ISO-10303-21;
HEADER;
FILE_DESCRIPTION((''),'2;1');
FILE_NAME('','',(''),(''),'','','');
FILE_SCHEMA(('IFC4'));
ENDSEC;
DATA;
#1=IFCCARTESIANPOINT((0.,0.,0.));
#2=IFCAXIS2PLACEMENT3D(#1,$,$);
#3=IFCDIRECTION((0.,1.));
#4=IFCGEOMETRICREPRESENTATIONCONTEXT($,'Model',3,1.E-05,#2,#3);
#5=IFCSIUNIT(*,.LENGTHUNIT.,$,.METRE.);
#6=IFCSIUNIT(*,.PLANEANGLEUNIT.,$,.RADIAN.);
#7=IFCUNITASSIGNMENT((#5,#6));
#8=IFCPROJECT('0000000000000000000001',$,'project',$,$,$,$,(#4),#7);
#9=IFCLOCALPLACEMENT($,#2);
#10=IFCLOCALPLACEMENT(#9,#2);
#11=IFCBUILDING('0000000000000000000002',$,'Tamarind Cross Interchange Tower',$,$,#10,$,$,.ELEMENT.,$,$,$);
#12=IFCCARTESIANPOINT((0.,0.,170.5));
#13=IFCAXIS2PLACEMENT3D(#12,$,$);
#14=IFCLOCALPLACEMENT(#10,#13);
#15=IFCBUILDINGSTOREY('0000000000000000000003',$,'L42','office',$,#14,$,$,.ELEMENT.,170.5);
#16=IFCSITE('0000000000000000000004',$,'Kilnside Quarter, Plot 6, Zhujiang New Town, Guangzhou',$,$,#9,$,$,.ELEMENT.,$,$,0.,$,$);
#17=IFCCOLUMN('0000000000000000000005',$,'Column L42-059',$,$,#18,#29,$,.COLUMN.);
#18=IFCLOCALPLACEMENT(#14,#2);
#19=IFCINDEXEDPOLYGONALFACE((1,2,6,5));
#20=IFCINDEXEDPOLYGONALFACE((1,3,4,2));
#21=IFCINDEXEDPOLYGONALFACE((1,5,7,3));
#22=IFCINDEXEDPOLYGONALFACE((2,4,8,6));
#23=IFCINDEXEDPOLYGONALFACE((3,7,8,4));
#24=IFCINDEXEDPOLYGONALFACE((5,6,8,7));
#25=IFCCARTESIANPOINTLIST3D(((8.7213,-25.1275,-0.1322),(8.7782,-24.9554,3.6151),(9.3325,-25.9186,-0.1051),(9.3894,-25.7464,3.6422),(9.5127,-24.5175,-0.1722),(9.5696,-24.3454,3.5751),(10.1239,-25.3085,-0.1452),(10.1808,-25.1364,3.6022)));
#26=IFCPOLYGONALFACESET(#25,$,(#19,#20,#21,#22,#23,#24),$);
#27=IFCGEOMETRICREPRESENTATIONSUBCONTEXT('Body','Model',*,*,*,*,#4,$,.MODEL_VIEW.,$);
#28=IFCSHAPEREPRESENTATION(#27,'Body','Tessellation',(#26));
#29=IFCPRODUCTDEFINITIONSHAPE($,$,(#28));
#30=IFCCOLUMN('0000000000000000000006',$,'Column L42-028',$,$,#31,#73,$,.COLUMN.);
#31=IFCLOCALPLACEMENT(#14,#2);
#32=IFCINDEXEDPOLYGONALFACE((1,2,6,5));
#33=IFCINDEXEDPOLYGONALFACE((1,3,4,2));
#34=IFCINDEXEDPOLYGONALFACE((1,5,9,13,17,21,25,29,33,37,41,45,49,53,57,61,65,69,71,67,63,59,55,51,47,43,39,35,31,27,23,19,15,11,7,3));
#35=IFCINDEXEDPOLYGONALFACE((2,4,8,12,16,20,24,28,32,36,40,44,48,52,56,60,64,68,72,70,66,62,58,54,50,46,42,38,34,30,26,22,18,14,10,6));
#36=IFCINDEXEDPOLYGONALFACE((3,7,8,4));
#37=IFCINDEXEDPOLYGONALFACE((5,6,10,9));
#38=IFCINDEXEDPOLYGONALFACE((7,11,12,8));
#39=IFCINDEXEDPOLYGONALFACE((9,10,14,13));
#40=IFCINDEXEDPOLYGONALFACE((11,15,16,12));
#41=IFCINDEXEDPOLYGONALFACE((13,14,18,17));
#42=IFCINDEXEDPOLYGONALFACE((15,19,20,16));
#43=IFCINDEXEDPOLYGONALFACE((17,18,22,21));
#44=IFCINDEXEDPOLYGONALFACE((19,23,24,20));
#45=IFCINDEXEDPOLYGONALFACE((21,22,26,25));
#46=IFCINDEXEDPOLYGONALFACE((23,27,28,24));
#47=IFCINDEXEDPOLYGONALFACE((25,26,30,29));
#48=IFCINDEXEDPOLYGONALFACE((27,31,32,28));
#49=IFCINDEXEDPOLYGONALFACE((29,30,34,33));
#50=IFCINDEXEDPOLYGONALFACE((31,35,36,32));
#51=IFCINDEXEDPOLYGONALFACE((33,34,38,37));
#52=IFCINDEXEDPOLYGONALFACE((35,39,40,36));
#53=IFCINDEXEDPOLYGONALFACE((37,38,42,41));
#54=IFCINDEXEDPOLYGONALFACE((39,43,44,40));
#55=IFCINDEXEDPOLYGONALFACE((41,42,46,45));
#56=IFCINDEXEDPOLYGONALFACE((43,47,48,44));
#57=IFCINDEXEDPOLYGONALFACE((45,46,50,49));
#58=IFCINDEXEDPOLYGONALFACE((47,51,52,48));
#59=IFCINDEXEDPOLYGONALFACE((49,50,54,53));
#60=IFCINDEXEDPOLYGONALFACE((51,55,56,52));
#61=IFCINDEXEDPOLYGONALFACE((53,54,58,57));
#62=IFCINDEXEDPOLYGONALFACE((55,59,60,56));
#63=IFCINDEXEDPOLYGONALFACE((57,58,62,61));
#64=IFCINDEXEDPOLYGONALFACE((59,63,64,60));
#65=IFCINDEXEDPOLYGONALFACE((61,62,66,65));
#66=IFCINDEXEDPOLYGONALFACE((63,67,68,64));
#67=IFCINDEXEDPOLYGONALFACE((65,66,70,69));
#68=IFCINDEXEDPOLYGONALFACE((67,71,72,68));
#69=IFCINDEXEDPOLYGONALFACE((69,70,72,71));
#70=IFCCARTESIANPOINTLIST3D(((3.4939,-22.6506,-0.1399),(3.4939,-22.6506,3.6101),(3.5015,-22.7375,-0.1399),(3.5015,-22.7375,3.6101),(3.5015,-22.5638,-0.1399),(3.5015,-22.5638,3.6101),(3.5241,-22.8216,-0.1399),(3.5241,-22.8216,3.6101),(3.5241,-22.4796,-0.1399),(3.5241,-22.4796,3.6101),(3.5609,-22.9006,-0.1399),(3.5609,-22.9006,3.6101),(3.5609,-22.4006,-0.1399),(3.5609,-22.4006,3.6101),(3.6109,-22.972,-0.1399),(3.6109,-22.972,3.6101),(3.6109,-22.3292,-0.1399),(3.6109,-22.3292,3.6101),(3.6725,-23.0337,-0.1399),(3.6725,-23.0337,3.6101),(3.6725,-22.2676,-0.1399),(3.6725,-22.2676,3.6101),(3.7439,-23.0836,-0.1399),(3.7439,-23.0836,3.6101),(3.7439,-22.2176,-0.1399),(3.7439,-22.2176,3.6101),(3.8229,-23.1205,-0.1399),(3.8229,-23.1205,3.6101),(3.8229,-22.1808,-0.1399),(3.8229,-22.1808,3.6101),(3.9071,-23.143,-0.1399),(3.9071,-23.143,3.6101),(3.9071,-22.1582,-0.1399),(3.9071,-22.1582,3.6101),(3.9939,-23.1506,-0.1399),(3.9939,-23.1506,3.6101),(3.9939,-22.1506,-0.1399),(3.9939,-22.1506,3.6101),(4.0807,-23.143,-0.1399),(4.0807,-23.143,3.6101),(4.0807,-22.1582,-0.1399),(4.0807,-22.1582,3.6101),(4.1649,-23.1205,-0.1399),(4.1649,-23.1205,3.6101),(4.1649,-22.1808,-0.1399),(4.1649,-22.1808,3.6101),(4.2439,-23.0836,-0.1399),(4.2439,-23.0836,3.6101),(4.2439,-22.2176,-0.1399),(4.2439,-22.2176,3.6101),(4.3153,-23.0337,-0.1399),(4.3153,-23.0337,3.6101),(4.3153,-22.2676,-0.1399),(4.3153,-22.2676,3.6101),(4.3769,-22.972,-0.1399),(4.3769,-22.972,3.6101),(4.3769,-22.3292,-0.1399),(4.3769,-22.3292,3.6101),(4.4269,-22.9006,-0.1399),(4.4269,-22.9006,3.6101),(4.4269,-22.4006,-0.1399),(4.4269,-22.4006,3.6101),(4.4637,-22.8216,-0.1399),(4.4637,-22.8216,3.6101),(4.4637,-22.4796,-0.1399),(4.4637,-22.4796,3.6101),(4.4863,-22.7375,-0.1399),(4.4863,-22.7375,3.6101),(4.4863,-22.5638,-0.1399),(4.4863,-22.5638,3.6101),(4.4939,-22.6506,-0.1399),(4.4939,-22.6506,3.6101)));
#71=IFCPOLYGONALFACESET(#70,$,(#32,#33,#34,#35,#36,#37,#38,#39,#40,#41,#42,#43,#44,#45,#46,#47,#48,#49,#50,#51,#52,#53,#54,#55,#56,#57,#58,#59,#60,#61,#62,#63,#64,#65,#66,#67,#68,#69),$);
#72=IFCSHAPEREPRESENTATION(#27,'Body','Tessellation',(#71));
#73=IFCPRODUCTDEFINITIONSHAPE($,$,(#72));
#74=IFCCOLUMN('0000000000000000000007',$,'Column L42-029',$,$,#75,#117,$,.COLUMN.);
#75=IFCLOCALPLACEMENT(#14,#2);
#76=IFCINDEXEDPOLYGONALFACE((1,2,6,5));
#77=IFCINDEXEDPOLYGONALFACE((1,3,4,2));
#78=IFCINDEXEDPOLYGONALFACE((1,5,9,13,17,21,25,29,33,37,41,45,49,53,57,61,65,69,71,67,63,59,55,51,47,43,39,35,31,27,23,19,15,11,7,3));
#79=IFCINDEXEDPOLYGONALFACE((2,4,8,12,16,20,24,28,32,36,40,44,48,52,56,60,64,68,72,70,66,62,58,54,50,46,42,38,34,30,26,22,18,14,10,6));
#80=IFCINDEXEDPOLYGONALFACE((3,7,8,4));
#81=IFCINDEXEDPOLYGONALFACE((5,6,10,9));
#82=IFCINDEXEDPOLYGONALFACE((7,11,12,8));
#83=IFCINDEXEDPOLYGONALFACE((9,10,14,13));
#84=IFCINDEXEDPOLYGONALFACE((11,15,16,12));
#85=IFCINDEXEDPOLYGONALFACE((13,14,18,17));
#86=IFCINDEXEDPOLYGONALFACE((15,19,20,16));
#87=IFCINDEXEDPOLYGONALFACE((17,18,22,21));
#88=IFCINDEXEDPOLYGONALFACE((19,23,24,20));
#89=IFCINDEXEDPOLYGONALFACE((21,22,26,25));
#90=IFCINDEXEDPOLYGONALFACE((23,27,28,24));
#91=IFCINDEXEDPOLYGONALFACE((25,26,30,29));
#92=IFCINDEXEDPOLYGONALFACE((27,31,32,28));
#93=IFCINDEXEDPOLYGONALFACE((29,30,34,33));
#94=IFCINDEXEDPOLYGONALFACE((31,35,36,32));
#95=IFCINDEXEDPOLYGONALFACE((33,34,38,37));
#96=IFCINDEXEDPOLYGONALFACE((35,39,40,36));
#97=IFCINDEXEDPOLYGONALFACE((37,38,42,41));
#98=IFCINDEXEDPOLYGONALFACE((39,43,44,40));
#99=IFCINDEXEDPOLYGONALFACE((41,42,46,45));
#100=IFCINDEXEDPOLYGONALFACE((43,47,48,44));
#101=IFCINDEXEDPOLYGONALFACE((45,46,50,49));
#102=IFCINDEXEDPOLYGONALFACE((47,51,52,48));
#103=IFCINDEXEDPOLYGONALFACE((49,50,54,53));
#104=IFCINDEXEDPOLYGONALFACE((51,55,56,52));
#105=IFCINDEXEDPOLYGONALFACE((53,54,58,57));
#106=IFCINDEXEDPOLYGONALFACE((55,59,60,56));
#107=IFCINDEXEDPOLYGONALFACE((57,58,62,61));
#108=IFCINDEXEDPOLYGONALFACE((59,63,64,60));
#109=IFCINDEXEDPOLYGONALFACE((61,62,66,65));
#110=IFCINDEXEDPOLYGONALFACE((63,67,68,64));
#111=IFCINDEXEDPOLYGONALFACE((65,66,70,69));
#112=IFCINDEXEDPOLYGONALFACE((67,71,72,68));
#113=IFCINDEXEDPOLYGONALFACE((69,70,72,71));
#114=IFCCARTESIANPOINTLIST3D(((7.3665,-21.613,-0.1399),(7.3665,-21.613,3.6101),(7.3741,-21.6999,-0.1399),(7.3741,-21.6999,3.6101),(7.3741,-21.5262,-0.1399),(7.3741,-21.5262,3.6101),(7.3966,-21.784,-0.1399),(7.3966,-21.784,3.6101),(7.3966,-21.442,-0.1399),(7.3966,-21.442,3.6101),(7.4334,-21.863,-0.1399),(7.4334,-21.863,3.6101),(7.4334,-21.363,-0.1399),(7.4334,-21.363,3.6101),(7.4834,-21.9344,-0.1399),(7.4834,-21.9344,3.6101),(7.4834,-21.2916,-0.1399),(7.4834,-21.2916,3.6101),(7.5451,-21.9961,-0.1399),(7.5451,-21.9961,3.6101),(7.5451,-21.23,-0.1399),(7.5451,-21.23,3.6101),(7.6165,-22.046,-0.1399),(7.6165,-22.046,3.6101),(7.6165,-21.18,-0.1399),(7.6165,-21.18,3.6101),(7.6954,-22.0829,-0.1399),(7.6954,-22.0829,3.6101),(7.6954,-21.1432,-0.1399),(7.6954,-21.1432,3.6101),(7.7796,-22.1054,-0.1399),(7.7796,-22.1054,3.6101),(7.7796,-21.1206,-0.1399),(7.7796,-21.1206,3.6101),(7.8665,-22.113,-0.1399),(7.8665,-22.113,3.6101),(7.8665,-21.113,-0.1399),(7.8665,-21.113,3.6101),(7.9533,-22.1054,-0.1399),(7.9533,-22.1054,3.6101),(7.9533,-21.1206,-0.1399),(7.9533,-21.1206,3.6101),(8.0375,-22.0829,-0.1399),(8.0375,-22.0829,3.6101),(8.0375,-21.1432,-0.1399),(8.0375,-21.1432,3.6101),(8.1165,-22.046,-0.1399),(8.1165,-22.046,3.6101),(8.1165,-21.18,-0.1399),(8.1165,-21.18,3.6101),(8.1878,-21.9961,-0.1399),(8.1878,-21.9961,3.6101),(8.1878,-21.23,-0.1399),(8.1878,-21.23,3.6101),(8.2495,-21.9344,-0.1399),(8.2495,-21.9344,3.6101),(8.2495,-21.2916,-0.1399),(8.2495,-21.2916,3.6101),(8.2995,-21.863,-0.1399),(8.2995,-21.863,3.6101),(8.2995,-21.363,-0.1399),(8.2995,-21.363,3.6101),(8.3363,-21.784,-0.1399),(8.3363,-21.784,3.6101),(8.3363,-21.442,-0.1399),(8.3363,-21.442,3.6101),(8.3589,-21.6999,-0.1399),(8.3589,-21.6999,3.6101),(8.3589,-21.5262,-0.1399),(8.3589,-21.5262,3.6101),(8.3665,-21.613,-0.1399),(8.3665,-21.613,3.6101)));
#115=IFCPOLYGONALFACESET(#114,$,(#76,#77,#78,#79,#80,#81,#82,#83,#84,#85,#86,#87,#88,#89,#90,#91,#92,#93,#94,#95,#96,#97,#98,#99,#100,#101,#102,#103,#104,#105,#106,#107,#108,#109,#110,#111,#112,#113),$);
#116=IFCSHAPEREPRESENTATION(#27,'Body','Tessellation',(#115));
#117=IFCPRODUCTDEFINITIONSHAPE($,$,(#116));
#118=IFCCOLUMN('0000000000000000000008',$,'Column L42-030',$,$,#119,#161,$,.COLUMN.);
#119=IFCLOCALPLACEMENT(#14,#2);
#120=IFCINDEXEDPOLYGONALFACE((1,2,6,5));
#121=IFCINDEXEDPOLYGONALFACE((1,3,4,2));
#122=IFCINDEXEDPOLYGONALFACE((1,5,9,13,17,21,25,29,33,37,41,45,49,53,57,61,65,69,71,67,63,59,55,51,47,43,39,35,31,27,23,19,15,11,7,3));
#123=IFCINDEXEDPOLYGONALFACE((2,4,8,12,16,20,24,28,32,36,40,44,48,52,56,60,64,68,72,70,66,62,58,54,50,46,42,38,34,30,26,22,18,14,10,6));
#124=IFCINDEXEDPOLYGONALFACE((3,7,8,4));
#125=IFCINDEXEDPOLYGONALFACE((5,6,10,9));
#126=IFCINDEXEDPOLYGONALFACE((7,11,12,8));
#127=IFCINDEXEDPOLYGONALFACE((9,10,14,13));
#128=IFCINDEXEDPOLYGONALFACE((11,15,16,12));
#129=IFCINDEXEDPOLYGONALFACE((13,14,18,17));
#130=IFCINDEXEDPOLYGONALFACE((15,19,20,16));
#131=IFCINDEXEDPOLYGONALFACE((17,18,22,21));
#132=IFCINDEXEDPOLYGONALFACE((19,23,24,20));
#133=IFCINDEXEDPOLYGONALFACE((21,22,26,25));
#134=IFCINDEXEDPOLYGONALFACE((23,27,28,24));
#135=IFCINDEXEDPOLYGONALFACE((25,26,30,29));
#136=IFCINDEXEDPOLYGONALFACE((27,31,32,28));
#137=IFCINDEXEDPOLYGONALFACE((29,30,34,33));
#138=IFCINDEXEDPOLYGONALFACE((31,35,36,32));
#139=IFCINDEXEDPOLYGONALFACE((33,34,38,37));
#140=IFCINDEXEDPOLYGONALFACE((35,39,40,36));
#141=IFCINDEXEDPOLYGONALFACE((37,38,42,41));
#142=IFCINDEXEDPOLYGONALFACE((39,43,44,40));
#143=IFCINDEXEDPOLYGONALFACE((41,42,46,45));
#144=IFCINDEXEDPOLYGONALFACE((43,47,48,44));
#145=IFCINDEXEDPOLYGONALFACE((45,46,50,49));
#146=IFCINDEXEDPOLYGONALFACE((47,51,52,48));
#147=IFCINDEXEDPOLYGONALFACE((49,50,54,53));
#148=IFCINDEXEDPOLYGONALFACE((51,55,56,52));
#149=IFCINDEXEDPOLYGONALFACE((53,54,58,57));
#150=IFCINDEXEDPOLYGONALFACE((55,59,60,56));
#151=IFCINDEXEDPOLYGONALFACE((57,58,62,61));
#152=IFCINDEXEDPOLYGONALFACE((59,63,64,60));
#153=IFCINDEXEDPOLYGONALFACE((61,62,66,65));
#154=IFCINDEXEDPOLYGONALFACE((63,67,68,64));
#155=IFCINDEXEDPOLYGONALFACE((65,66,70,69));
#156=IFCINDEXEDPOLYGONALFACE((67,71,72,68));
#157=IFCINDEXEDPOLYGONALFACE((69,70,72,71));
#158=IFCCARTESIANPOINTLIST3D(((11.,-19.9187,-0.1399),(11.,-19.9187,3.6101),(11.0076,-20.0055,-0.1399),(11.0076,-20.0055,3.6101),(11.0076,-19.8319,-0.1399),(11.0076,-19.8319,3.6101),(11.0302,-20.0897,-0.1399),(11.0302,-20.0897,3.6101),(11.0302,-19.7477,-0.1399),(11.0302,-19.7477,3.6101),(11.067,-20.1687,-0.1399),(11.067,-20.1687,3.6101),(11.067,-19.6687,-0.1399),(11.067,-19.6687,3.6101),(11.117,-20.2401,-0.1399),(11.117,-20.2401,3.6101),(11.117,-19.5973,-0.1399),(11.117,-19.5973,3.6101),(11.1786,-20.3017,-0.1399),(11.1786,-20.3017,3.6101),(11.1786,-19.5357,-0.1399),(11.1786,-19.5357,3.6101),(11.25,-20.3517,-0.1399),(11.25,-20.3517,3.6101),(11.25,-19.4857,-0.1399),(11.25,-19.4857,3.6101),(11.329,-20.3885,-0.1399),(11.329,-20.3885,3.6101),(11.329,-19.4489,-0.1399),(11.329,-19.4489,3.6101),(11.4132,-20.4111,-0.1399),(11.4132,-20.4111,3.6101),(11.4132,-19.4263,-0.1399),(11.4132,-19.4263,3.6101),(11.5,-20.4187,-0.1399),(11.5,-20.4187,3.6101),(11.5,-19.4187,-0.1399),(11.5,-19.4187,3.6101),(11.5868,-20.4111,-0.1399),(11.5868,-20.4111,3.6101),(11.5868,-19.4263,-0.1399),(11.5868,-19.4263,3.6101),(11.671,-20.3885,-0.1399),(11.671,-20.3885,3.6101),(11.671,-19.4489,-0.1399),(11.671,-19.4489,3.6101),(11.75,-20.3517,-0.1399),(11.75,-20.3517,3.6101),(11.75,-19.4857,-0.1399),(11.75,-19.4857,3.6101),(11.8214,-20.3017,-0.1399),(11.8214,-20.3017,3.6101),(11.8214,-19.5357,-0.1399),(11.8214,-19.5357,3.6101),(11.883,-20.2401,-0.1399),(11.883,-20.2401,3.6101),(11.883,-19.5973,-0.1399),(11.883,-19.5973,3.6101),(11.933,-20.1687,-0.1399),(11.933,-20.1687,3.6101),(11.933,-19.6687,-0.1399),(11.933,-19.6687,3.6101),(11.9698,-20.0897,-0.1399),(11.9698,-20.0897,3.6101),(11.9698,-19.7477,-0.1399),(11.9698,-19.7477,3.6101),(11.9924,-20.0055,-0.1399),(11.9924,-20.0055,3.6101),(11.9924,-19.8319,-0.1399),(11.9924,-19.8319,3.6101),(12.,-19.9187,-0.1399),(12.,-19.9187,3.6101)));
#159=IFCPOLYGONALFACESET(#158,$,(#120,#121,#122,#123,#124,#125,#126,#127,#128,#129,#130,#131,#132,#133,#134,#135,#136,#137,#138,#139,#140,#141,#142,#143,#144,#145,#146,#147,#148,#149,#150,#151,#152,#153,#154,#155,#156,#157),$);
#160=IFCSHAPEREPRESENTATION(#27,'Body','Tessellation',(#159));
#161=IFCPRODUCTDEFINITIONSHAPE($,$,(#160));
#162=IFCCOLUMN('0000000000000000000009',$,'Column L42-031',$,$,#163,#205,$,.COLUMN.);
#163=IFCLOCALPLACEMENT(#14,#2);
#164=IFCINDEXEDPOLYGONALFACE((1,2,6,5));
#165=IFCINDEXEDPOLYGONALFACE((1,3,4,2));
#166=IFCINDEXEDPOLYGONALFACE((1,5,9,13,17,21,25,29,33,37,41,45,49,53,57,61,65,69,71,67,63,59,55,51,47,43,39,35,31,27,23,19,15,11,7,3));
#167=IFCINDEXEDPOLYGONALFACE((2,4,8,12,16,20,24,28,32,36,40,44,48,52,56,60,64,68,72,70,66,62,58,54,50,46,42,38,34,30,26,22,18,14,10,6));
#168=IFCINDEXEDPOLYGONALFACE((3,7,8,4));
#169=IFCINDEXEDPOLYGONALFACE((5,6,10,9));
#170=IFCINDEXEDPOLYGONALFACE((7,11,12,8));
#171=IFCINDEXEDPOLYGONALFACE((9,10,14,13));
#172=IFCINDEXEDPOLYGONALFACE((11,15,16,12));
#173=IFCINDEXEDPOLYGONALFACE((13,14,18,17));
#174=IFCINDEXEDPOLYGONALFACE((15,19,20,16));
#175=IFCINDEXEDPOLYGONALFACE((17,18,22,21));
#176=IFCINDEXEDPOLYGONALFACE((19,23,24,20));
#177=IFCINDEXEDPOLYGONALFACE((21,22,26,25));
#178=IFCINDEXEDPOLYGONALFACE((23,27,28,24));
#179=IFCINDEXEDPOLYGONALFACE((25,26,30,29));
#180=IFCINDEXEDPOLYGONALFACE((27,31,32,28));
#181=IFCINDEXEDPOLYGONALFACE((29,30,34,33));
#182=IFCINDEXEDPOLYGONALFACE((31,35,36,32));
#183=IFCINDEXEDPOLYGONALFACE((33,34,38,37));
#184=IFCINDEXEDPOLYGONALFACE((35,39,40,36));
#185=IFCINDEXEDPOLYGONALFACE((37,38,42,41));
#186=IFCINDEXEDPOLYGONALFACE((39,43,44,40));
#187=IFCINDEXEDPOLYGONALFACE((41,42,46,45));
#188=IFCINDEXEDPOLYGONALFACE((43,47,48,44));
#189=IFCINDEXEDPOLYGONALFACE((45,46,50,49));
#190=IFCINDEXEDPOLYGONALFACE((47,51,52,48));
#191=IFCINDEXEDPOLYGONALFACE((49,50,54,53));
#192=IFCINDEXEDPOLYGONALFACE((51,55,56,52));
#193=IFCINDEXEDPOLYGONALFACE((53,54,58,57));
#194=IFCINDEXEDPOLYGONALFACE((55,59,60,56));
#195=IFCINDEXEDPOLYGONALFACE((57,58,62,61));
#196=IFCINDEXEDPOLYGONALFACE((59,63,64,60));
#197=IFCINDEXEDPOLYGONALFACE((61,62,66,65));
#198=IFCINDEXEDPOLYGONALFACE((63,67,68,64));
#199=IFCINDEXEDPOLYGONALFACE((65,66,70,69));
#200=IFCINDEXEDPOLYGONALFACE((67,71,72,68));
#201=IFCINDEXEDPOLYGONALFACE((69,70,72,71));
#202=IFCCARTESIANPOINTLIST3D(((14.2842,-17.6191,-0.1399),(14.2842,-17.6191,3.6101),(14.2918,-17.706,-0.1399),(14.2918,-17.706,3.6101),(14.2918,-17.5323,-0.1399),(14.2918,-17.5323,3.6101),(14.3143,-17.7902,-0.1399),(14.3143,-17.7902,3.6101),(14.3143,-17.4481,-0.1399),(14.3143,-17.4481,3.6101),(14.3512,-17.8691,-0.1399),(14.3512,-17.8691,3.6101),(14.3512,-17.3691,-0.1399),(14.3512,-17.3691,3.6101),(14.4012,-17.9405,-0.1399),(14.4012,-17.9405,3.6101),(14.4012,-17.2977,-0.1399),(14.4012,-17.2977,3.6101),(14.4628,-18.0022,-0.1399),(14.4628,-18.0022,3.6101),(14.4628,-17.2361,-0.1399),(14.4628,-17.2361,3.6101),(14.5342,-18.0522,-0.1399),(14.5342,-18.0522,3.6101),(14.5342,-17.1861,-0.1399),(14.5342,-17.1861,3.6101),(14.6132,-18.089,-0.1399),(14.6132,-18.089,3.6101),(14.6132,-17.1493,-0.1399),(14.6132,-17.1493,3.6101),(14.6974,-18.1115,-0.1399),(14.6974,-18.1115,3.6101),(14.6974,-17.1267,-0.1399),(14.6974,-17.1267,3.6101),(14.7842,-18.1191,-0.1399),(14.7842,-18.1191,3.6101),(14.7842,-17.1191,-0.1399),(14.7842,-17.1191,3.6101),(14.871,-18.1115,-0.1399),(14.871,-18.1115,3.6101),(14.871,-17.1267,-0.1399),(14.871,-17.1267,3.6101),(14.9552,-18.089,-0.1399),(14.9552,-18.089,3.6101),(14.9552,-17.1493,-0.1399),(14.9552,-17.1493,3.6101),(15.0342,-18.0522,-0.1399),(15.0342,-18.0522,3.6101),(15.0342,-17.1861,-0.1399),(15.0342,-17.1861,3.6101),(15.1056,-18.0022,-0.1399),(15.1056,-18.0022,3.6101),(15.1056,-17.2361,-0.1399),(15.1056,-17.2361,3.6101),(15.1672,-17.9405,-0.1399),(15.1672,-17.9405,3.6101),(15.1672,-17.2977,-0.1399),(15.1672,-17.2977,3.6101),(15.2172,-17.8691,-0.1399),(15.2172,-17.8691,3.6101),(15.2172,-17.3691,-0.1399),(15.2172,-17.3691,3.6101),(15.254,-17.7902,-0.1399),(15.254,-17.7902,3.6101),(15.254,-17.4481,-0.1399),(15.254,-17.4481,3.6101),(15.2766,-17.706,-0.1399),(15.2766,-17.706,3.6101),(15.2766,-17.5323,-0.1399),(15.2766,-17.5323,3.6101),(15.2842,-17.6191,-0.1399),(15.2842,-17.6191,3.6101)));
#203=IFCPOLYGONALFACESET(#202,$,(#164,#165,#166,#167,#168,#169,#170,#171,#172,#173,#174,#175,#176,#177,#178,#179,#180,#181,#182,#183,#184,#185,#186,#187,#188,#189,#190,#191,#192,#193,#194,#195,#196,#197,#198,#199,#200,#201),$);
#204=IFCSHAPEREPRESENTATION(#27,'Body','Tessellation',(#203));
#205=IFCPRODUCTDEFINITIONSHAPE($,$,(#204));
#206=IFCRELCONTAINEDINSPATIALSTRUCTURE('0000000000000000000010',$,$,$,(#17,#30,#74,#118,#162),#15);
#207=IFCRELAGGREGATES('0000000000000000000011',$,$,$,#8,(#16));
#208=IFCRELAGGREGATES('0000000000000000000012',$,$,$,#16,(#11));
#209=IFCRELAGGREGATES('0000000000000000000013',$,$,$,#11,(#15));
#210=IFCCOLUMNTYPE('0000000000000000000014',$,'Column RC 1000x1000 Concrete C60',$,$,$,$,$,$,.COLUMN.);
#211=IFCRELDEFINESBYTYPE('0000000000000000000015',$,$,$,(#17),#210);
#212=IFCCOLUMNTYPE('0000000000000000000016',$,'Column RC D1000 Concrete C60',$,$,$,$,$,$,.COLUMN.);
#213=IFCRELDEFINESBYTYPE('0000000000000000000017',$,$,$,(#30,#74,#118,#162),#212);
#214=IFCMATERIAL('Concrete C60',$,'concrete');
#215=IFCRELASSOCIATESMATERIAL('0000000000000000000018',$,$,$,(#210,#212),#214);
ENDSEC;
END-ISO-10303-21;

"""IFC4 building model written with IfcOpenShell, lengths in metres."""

from ifc_helpers import new_model, si_unit, direction, frame, origin, origin_2d, place, context, subcontext, project, spatial, rectangle, circle, extrude, material, material_profile, profile_set, type_object, element, save


model = new_model("IFC4")

# Units and contexts
model_context = context("Model", 3, precision=1e-05, world=origin(), true_north=direction((0.0, 1.0)))
body_context = subcontext(model_context, "Body", "Model", "MODEL_VIEW")
ifc_project = project(units=[si_unit("LENGTHUNIT", "METRE"), si_unit("PLANEANGLEUNIT", "RADIAN")], contexts=[model_context])

# Site, building, storey
site_placement = place(None, origin())
site = spatial("IfcSite", under=ifc_project, at=site_placement, Name="Kilnside Quarter, Plot 6, Zhujiang New Town, Guangzhou", CompositionType="ELEMENT", RefElevation=0.0)
building_placement = place(site_placement, origin())
building = spatial("IfcBuilding", under=site, at=building_placement, Name="Tamarind Cross Interchange Tower", CompositionType="ELEMENT")
storey_placement = place(building_placement, frame((0.0, 0.0, 170.5)))
storey = spatial("IfcBuildingStorey", under=building, at=storey_placement, Name="L42", Description="office", CompositionType="ELEMENT", Elevation=170.5)

# Columns
ifc_material_1 = material(Name="Concrete C60", Category="concrete")
ifc_material_profile_1 = material_profile(ifc_material_1, rectangle(XDim=1.0, YDim=1.0, at=origin_2d()), Name="RC 1000x1000")
ifc_profile_set_1 = profile_set([ifc_material_profile_1], Name="Concrete C60")
column_type_1 = type_object("IfcColumnType", Name="Column RC 1000x1000 Concrete C60", PredefinedType="COLUMN", material=ifc_profile_set_1)
column_placement = place(storey_placement, frame((9.4226, -25.218, -0.1387), z_axis=(0.015162, 0.045878, 0.998832), x_axis=(-0.791362, -0.610036, 0.040033)))
element("IfcColumn", 1, at=column_placement, inside=storey, type_object=column_type_1, Name="Column L42-059", PredefinedType="COLUMN", context=body_context, shape_type="SweptSolid", body=[
    extrude(rectangle(XDim=1.0, YDim=1.0, at=origin_2d()), origin(), (0.0, 0.0, 1.0), 3.7517),
])
ifc_material_profile_2 = material_profile(ifc_material_1, circle(Radius=0.5, at=origin_2d()), Name="RC D1000")
ifc_profile_set_2 = profile_set([ifc_material_profile_2], Name="Concrete C60")
column_type_2 = type_object("IfcColumnType", Name="Column RC D1000 Concrete C60", PredefinedType="COLUMN", material=ifc_profile_set_2)
for number, where, z_axis, x_axis, name in (
    (2, (3.9939, -22.6506, -0.1399), (0.0, 0.0, 1.0), (1.0, 0.0, 0.0), "Column L42-028"),
    (3, (7.8665, -21.613, -0.1399), (0.0, 0.0, 1.0), (1.0, 0.0, 0.0), "Column L42-029"),
    (4, (11.5, -19.9187, -0.1399), (0.0, 0.0, 1.0), (1.0, 0.0, 0.0), "Column L42-030"),
    (5, (14.7842, -17.6191, -0.1399), (0.0, 0.0, 1.0), (1.0, 0.0, 0.0), "Column L42-031"),
):
    element("IfcColumn", number, at=place(storey_placement, frame(where, z_axis=z_axis, x_axis=x_axis)), inside=storey, type_object=column_type_2, Name=name, PredefinedType="COLUMN", context=body_context, shape_type="SweptSolid", body=[
        extrude(circle(Radius=0.5, at=origin_2d()), origin(), (0.0, 0.0, 1.0), 3.75),
    ])

save(model, "model.ifc")
